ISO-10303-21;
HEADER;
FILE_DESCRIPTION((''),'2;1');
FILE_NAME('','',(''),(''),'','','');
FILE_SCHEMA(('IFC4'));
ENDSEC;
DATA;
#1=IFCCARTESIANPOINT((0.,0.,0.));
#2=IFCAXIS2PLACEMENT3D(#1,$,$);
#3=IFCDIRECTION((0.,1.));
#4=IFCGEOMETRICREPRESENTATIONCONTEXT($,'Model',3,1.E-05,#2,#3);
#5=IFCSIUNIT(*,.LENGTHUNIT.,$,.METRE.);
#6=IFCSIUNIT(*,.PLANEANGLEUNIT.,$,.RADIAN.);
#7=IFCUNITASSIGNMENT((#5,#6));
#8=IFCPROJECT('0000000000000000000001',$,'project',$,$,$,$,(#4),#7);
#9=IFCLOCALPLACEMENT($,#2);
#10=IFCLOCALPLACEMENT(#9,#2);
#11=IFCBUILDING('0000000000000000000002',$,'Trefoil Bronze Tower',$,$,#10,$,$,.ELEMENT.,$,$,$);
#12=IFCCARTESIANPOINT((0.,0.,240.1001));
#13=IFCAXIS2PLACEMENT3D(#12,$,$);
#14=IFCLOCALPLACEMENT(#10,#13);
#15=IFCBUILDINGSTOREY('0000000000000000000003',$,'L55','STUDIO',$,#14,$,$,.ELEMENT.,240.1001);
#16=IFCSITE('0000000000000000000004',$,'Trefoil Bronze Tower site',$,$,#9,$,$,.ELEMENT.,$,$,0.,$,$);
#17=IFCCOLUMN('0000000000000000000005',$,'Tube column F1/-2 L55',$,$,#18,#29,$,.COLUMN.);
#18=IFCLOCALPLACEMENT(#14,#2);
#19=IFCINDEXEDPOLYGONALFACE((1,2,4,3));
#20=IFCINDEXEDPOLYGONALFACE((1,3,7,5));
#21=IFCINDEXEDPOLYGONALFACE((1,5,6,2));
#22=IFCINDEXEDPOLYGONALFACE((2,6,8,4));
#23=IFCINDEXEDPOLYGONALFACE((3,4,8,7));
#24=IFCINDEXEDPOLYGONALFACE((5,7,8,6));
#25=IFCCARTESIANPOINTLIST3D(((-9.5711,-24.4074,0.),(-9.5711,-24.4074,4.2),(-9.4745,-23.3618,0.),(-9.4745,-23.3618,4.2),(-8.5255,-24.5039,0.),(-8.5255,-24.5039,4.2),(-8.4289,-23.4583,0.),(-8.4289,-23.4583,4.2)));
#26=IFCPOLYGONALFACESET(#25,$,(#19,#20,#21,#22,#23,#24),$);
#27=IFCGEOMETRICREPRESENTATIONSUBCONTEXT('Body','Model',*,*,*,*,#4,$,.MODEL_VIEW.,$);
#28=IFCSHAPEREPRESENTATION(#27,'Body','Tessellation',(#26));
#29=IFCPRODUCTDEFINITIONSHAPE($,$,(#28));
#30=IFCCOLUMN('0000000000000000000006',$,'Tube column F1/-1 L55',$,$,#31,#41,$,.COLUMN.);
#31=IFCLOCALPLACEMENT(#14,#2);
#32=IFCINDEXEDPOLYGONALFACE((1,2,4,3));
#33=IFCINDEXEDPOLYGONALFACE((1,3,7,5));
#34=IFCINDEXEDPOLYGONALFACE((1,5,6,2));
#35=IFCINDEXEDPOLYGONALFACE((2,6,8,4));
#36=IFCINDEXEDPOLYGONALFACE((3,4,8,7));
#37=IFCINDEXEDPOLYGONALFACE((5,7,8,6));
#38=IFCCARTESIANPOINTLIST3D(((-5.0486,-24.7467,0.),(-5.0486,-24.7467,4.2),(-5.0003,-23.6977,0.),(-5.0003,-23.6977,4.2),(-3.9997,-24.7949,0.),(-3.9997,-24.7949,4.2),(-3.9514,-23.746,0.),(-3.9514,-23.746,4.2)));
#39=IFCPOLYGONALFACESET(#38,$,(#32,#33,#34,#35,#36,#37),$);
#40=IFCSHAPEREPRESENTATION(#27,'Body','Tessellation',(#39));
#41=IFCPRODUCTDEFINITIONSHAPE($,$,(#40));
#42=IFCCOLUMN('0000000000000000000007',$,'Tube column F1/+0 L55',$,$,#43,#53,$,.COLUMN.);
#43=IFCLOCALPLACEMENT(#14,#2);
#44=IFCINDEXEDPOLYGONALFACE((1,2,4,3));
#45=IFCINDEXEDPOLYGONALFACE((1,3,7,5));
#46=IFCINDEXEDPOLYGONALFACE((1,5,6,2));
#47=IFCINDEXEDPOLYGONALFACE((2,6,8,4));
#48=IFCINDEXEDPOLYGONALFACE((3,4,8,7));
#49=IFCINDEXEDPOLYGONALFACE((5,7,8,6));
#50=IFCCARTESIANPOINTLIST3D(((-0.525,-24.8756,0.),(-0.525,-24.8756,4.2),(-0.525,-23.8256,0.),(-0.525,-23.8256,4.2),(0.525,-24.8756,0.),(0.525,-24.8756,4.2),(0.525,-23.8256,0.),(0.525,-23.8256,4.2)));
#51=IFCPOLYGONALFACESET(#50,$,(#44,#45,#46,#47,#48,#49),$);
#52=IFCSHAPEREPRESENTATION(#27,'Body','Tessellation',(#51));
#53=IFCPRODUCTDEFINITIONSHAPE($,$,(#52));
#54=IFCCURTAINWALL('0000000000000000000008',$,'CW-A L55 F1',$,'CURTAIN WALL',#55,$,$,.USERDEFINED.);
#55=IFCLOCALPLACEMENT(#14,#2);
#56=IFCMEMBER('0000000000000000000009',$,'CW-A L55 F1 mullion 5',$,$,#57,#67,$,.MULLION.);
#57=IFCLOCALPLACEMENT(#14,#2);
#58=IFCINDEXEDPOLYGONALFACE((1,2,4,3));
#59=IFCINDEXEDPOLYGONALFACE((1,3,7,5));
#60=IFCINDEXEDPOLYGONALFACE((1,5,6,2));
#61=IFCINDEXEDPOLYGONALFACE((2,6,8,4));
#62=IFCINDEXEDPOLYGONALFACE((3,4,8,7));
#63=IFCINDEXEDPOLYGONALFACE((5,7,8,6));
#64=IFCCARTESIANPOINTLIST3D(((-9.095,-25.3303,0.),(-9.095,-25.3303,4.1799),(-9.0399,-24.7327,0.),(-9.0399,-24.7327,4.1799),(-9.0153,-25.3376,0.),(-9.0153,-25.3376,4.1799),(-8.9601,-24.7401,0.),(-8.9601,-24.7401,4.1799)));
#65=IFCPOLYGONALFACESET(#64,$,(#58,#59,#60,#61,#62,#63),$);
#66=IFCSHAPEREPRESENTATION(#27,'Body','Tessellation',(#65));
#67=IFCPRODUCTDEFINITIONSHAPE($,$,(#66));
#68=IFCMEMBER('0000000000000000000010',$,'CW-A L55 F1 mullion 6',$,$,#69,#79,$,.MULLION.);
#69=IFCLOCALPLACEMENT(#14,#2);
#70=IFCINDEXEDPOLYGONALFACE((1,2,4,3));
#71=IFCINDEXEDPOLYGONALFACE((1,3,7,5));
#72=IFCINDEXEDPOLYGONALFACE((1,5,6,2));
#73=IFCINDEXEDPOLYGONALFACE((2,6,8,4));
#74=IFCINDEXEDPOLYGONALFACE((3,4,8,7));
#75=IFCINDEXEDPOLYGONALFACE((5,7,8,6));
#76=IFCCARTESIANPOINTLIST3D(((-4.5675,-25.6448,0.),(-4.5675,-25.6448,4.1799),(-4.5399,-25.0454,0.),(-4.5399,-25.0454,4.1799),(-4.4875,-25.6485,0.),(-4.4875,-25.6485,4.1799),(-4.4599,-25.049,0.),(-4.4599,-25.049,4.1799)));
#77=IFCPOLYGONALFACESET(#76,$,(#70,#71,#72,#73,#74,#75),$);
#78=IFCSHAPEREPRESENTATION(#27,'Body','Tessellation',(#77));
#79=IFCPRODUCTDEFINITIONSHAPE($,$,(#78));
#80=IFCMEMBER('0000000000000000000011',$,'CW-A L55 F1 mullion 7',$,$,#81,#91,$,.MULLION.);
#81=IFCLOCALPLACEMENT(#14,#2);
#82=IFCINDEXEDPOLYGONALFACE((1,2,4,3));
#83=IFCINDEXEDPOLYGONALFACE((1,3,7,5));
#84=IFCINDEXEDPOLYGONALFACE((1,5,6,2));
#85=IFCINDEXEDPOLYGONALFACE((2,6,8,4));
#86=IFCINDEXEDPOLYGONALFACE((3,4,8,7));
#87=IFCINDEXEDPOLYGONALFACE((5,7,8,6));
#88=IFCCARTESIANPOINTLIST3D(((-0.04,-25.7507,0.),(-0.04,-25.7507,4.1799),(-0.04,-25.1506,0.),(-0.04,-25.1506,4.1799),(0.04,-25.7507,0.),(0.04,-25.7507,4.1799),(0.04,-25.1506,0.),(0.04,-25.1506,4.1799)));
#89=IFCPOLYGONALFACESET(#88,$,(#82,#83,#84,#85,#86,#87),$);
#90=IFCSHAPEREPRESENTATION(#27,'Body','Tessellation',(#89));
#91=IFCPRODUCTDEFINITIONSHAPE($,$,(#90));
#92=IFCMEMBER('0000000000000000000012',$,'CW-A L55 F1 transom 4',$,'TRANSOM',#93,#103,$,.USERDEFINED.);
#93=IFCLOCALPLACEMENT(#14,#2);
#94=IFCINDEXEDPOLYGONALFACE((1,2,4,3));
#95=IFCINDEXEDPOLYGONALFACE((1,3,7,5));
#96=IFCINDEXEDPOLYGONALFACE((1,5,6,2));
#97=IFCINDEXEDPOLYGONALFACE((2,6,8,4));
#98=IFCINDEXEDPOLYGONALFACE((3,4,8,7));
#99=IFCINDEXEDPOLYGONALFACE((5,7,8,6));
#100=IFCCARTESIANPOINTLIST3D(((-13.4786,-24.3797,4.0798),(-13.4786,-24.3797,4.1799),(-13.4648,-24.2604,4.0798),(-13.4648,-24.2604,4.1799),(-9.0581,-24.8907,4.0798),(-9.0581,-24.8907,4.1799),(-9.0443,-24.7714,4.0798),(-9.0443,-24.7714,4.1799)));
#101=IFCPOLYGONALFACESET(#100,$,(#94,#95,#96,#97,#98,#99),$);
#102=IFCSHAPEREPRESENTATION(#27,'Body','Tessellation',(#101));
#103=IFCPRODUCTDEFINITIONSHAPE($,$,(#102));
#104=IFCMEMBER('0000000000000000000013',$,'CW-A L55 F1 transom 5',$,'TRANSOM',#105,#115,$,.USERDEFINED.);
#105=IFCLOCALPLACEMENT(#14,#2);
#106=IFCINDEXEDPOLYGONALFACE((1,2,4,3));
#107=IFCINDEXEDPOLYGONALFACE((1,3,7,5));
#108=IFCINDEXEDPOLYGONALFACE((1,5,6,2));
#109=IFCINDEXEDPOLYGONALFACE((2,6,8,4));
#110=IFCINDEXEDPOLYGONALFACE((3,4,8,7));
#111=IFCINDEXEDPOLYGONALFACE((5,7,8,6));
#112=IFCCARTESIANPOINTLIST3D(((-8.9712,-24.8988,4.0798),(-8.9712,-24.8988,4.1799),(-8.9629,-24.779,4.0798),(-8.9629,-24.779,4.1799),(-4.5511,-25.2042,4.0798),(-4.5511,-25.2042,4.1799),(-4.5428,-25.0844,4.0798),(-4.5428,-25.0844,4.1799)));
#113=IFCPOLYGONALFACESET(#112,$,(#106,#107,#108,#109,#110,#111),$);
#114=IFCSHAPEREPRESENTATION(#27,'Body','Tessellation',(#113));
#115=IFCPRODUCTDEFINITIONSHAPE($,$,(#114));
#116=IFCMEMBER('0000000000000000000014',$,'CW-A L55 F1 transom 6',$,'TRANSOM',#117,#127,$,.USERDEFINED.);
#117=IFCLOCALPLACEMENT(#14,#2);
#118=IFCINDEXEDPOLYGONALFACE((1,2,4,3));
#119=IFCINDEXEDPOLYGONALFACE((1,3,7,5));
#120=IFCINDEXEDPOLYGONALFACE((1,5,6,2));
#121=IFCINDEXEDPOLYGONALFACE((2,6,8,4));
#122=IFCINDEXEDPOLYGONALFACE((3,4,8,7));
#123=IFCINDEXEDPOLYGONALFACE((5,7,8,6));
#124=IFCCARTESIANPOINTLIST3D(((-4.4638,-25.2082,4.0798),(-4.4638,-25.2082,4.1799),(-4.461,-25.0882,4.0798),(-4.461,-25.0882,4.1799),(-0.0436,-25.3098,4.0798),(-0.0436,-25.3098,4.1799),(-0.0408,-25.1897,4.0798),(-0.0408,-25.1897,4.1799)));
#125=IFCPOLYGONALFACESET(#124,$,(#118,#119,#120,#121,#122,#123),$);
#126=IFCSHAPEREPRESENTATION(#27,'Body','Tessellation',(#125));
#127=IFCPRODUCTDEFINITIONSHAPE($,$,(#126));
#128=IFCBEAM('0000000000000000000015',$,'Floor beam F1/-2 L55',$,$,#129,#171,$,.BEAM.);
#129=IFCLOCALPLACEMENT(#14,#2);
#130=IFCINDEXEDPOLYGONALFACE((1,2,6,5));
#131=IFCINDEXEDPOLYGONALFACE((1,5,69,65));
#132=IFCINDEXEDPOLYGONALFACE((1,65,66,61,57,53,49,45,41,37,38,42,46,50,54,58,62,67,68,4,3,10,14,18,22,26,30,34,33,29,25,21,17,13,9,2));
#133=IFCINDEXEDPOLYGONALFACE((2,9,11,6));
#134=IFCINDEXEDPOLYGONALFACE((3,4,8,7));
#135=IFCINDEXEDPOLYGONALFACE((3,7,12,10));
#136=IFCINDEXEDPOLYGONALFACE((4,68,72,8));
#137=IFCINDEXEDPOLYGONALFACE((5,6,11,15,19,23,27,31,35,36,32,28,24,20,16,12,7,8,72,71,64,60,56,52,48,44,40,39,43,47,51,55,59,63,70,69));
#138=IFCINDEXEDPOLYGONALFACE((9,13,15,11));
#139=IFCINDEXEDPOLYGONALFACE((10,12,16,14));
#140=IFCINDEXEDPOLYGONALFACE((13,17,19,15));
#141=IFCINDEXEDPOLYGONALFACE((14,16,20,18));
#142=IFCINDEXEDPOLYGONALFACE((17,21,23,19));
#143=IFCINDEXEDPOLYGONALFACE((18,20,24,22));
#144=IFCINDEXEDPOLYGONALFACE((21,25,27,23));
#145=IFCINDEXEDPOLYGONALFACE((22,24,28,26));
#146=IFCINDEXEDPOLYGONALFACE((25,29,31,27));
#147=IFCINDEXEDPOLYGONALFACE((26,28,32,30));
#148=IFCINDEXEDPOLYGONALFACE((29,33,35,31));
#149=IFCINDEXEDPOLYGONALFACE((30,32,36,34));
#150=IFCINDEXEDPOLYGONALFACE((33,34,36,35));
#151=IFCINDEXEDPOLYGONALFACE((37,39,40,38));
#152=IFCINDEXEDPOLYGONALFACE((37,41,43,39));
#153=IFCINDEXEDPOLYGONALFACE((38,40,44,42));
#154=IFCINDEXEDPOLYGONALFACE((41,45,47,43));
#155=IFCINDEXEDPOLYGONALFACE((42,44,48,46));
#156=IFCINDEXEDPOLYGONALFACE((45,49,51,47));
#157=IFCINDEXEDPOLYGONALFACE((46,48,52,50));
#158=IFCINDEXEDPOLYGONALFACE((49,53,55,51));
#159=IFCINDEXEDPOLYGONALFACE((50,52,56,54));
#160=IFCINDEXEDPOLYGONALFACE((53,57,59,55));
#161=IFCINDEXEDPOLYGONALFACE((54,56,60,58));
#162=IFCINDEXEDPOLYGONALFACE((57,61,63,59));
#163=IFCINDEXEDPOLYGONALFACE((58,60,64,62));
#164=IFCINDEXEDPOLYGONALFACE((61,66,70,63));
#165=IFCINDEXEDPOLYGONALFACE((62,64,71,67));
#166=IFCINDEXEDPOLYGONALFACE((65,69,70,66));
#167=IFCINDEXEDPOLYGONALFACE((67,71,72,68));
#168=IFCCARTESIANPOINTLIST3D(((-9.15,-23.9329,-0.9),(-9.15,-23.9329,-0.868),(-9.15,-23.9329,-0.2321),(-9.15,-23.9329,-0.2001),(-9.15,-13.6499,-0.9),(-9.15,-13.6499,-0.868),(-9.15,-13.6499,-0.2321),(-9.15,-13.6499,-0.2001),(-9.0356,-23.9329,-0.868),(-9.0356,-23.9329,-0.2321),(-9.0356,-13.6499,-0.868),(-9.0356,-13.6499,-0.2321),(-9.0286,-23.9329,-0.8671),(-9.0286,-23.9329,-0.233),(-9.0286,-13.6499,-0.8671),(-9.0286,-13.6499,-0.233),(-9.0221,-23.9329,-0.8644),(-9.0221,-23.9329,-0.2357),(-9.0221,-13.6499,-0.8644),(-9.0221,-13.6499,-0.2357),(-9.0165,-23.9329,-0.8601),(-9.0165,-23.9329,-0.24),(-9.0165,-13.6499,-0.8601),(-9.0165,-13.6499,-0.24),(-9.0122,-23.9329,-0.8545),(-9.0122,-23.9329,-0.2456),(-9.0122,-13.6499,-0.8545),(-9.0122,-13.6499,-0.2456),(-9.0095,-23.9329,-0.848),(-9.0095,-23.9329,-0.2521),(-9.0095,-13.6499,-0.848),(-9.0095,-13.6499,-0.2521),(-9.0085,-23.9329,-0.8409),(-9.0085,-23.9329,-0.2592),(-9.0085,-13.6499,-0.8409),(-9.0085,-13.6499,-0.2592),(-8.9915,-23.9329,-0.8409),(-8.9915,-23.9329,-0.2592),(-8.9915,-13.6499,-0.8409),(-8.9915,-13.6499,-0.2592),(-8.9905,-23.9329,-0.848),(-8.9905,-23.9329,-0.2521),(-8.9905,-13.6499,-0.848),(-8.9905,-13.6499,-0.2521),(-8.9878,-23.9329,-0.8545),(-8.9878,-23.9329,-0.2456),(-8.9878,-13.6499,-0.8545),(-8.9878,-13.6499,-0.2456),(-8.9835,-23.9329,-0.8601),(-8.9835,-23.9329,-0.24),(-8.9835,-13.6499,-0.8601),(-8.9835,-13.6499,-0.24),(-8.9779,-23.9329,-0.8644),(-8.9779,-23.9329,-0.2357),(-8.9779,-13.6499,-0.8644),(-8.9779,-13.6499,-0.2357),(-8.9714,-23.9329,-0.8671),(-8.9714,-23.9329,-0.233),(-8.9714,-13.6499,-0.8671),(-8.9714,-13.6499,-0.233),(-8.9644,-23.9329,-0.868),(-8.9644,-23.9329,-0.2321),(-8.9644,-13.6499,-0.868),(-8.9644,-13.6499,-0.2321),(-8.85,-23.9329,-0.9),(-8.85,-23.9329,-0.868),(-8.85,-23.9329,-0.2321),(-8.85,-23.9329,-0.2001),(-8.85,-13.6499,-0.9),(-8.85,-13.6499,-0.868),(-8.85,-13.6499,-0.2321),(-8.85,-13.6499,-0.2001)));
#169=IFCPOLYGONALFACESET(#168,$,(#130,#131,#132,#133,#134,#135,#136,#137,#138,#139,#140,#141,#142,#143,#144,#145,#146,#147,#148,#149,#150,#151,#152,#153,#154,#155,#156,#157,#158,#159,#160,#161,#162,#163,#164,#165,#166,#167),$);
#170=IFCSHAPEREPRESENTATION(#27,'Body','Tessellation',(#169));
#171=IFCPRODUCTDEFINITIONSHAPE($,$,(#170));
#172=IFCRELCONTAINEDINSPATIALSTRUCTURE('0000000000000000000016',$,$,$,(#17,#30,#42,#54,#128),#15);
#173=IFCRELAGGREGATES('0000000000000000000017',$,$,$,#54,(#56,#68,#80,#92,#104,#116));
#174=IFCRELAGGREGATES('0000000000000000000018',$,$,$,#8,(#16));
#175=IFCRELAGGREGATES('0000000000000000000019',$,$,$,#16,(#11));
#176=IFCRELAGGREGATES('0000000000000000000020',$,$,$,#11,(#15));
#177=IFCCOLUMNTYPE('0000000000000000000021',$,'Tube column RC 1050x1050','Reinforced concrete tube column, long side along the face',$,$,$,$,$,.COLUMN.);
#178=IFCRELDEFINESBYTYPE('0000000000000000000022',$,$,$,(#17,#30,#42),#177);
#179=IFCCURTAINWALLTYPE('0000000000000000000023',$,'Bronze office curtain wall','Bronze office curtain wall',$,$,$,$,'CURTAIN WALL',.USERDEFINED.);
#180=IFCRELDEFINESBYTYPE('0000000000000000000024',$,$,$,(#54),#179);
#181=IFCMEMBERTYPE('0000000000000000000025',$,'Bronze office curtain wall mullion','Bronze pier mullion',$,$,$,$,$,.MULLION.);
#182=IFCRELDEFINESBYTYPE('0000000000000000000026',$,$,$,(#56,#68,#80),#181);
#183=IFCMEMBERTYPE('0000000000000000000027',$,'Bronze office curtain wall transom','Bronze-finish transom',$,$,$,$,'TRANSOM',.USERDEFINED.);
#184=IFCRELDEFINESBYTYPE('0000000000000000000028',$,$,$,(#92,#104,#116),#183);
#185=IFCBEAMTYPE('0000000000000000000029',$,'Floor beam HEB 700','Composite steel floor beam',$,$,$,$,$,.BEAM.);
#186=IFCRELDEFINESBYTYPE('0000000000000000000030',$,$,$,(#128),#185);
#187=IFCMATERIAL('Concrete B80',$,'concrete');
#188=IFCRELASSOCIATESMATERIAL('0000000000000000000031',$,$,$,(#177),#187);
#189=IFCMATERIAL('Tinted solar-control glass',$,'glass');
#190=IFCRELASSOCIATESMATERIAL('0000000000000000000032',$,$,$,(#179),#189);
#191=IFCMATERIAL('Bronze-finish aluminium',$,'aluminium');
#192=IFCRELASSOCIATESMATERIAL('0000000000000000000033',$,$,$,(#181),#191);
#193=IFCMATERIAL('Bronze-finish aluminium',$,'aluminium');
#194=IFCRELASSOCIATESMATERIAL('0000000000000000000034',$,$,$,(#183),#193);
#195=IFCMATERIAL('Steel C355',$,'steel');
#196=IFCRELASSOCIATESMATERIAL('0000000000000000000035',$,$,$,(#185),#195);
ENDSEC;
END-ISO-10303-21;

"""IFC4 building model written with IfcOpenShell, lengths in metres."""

from ifc_helpers import new_model, si_unit, direction, frame, origin, origin_2d, place, context, subcontext, project, spatial, rectangle, i_section, extrude, material, material_profile, profile_set, type_object, element, aggregate, save


model = new_model("IFC4")

# Units and contexts
model_context = context("Model", 3, precision=1e-05, world=origin(), true_north=direction((0.0, 1.0)))
body_context = subcontext(model_context, "Body", "Model", "MODEL_VIEW")
ifc_project = project(units=[si_unit("LENGTHUNIT", "METRE"), si_unit("PLANEANGLEUNIT", "RADIAN")], contexts=[model_context])

# Site, building, storey
site_placement = place(None, origin())
site = spatial("IfcSite", under=ifc_project, at=site_placement, Name="Trefoil Bronze Tower site", CompositionType="ELEMENT", RefElevation=0.0)
building_placement = place(site_placement, origin())
building = spatial("IfcBuilding", under=site, at=building_placement, Name="Trefoil Bronze Tower", CompositionType="ELEMENT")
storey_placement = place(building_placement, frame((0.0, 0.0, 240.1001)))
storey = spatial("IfcBuildingStorey", under=building, at=storey_placement, Name="L55", Description="STUDIO", CompositionType="ELEMENT", Elevation=240.1001)

# Columns
ifc_material_1 = material(Name="Concrete B80", Category="concrete")
ifc_material_profile_1 = material_profile(ifc_material_1, rectangle(XDim=1.05, YDim=1.05, at=origin_2d()), Name="RC 1050x1050")
ifc_profile_set_1 = profile_set([ifc_material_profile_1], Name="Concrete B80")
column_type = type_object("IfcColumnType", Name="Tube column RC 1050x1050", Description="Reinforced concrete tube column, long side along the face", PredefinedType="COLUMN", material=ifc_profile_set_1)
for number, where, z_axis, x_axis, name in (
    (1, (-9.0, -23.9329, 0.0), (0.0, 0.0, 1.0), (0.995767, -0.091911, 0.0), "Tube column F1/-2 L55"),
    (2, (-4.5, -24.2463, 0.0), (0.0, 0.0, 1.0), (0.998943, -0.045956, 0.0), "Tube column F1/-1 L55"),
    (3, (0.0, -24.3506, 0.0), (0.0, 0.0, 1.0), (1.0, 0.0, 0.0), "Tube column F1/+0 L55"),
):
    element("IfcColumn", number, at=place(storey_placement, frame(where, z_axis=z_axis, x_axis=x_axis)), inside=storey, type_object=column_type, Name=name, PredefinedType="COLUMN", context=body_context, shape_type="SweptSolid", body=[
        extrude(rectangle(XDim=1.05, YDim=1.05, at=origin_2d()), origin(), (0.0, 0.0, 1.0), 4.2),
    ])

# Curtain wall, members
ifc_material_2 = material(Name="Tinted solar-control glass", Category="glass")
curtain_wall_type = type_object("IfcCurtainWallType", Name="Bronze office curtain wall", Description="Bronze office curtain wall", ElementType="CURTAIN WALL", PredefinedType="USERDEFINED", material=ifc_material_2)
curtain_wall_placement = place(storey_placement, origin())
curtain_wall = element("IfcCurtainWall", 4, at=curtain_wall_placement, inside=storey, type_object=curtain_wall_type, Name="CW-A L55 F1", ObjectType="CURTAIN WALL", PredefinedType="USERDEFINED")
ifc_material_3 = material(Name="Bronze-finish aluminium", Category="aluminium")
ifc_material_profile_2 = material_profile(ifc_material_3, rectangle(XDim=0.6001, YDim=0.0801, at=origin_2d()), Name="CW-A mullion")
ifc_profile_set_2 = profile_set([ifc_material_profile_2], Name="Bronze-finish aluminium")
member_type_1 = type_object("IfcMemberType", Name="Bronze office curtain wall mullion", Description="Bronze pier mullion", PredefinedType="MULLION", material=ifc_profile_set_2)
member_1_placement = place(storey_placement, frame((-9.0276, -25.0352, 0.0), z_axis=(0.0, 0.0, 1.0), x_axis=(0.091911, 0.995767, 0.0)))
member_1 = element("IfcMember", 5, at=member_1_placement, type_object=member_type_1, Name="CW-A L55 F1 mullion 5", PredefinedType="MULLION", context=body_context, shape_type="SweptSolid", body=[
    extrude(rectangle(XDim=0.6001, YDim=0.0801, at=origin_2d()), origin(), (0.0, 0.0, 1.0), 4.1799),
])
member_2_placement = place(storey_placement, frame((-4.5137, -25.3469, 0.0), z_axis=(0.0, 0.0, 1.0), x_axis=(0.045956, 0.998943, 0.0)))
member_2 = element("IfcMember", 6, at=member_2_placement, type_object=member_type_1, Name="CW-A L55 F1 mullion 6", PredefinedType="MULLION", context=body_context, shape_type="SweptSolid", body=[
    extrude(rectangle(XDim=0.6001, YDim=0.0801, at=origin_2d()), origin(), (0.0, 0.0, 1.0), 4.1799),
])
member_3_placement = place(storey_placement, frame((0.0, -25.4507, 0.0), z_axis=(0.0, 0.0, 1.0), x_axis=(0.0, 1.0, 0.0)))
member_3 = element("IfcMember", 7, at=member_3_placement, type_object=member_type_1, Name="CW-A L55 F1 mullion 7", PredefinedType="MULLION", context=body_context, shape_type="SweptSolid", body=[
    extrude(rectangle(XDim=0.6001, YDim=0.0801, at=origin_2d()), origin(), (0.0, 0.0, 1.0), 4.1799),
])
ifc_material_4 = material(Name="Bronze-finish aluminium", Category="aluminium")
ifc_material_profile_3 = material_profile(ifc_material_4, rectangle(XDim=0.1201, YDim=0.1001, at=origin_2d()), Name="CW-A transom")
ifc_profile_set_3 = profile_set([ifc_material_profile_3], Name="Bronze-finish aluminium")
member_type_2 = type_object("IfcMemberType", Name="Bronze office curtain wall transom", Description="Bronze-finish transom", ElementType="TRANSOM", PredefinedType="USERDEFINED", material=ifc_profile_set_3)
member_4_placement = place(storey_placement, frame((-13.4717, -24.3201, 4.1299), z_axis=(0.993385, -0.114832, 0.0), x_axis=(0.114832, 0.993385, 0.0)))
member_4 = element("IfcMember", 8, at=member_4_placement, type_object=member_type_2, Name="CW-A L55 F1 transom 4", ObjectType="TRANSOM", PredefinedType="USERDEFINED", context=body_context, shape_type="SweptSolid", body=[
    extrude(rectangle(XDim=0.1201, YDim=0.1001, at=origin_2d()), origin(), (0.0, 0.0, 1.0), 4.45),
])
member_5_placement = place(storey_placement, frame((-8.967, -24.8389, 4.1299), z_axis=(0.997621, -0.068933, 0.0), x_axis=(0.068933, 0.997621, 0.0)))
member_5 = element("IfcMember", 9, at=member_5_placement, type_object=member_type_2, Name="CW-A L55 F1 transom 5", ObjectType="TRANSOM", PredefinedType="USERDEFINED", context=body_context, shape_type="SweptSolid", body=[
    extrude(rectangle(XDim=0.1201, YDim=0.1001, at=origin_2d()), origin(), (0.0, 0.0, 1.0), 4.4307),
])
member_6_placement = place(storey_placement, frame((-4.4624, -25.1482, 4.1299), z_axis=(0.999736, -0.022971, 0.0), x_axis=(0.022971, 0.999736, 0.0)))
member_6 = element("IfcMember", 10, at=member_6_placement, type_object=member_type_2, Name="CW-A L55 F1 transom 6", ObjectType="TRANSOM", PredefinedType="USERDEFINED", context=body_context, shape_type="SweptSolid", body=[
    extrude(rectangle(XDim=0.1201, YDim=0.1001, at=origin_2d()), origin(), (0.0, 0.0, 1.0), 4.4214),
])

# Beam
ifc_material_5 = material(Name="Steel C355", Category="steel")
ifc_material_profile_4 = material_profile(ifc_material_5, i_section(OverallWidth=0.3, OverallDepth=0.7, WebThickness=0.0171, FlangeThickness=0.032, FilletRadius=0.0271, at=origin_2d()), Name="HEB 700")
ifc_profile_set_4 = profile_set([ifc_material_profile_4], Name="Steel C355")
beam_type_1 = type_object("IfcBeamType", Name="Floor beam HEB 700", Description="Composite steel floor beam", PredefinedType="BEAM", material=ifc_profile_set_4)
beam_1_placement = place(storey_placement, frame((-9.0, -23.9329, -0.55), z_axis=(0.0, 1.0, 0.0), x_axis=(-1.0, 0.0, 0.0)))
element("IfcBeam", 11, at=beam_1_placement, inside=storey, type_object=beam_type_1, Name="Floor beam F1/-2 L55", PredefinedType="BEAM", context=body_context, shape_type="SweptSolid", body=[
    extrude(i_section(OverallWidth=0.3, OverallDepth=0.7, WebThickness=0.0171, FlangeThickness=0.032, FilletRadius=0.0271, at=origin_2d()), origin(), (0.0, 0.0, 1.0), 10.283),
])

aggregate(curtain_wall, [member_1, member_2, member_3, member_4, member_5, member_6])

save(model, "model.ifc")
